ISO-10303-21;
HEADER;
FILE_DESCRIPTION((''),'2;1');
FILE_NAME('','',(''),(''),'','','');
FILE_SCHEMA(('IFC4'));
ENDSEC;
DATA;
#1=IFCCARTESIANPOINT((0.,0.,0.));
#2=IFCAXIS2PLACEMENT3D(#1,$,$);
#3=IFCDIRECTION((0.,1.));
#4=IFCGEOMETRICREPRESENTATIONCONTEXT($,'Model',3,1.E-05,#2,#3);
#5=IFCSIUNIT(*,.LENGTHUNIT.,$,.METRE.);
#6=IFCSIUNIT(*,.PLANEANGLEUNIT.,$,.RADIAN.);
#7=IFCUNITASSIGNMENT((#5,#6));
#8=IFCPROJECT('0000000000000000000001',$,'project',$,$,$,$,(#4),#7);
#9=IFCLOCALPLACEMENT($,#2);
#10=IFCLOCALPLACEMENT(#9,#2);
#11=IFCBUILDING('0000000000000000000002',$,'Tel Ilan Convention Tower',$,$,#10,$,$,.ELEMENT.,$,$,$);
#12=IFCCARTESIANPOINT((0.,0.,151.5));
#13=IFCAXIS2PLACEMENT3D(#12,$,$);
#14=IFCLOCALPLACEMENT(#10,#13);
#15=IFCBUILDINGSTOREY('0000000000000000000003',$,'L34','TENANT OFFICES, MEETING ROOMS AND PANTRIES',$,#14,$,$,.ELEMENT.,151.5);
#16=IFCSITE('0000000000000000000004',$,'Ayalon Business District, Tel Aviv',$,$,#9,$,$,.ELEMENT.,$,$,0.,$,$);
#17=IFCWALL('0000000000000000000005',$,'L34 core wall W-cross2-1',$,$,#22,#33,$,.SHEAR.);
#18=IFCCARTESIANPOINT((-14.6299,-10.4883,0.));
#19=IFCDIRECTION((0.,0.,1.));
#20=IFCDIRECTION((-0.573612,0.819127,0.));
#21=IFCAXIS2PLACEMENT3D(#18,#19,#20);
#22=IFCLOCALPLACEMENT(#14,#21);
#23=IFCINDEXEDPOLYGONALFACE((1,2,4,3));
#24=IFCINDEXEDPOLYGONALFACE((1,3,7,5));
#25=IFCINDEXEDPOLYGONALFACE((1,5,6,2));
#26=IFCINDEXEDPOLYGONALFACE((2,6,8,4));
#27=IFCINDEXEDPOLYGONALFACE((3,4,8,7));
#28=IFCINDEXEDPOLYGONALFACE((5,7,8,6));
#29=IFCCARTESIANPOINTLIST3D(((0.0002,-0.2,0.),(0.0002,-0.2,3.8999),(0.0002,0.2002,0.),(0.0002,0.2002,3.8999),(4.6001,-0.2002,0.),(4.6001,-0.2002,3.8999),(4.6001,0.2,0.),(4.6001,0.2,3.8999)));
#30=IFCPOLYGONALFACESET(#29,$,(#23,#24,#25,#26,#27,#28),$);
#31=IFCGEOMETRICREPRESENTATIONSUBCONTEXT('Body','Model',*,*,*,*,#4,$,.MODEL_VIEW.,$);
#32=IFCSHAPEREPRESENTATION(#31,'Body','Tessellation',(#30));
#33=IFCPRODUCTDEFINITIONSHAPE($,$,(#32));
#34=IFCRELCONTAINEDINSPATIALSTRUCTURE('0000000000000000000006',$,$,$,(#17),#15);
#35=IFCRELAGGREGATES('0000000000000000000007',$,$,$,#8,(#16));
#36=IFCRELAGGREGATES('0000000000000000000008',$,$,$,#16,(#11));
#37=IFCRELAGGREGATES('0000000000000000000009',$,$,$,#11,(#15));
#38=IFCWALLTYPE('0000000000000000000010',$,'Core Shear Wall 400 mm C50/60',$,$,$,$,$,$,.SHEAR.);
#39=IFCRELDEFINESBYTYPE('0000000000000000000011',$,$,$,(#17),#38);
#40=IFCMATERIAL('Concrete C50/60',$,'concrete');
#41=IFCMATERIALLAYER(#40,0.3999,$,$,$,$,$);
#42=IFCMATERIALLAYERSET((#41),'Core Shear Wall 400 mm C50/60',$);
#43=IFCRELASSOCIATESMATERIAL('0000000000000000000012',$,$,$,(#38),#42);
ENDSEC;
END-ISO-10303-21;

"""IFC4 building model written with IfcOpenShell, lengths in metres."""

from ifc_helpers import new_model, si_unit, direction, frame, origin, place, context, subcontext, project, spatial, polyline, outline, extrude, material, layer, layer_set, type_object, element, save


model = new_model("IFC4")

# Units and contexts
model_context = context("Model", 3, precision=1e-05, world=origin(), true_north=direction((0.0, 1.0)))
body_context = subcontext(model_context, "Body", "Model", "MODEL_VIEW")
ifc_project = project(units=[si_unit("LENGTHUNIT", "METRE"), si_unit("PLANEANGLEUNIT", "RADIAN")], contexts=[model_context])

# Site, building, storey
site_placement = place(None, origin())
site = spatial("IfcSite", under=ifc_project, at=site_placement, Name="Ayalon Business District, Tel Aviv", CompositionType="ELEMENT", RefElevation=0.0)
building_placement = place(site_placement, origin())
building = spatial("IfcBuilding", under=site, at=building_placement, Name="Tel Ilan Convention Tower", CompositionType="ELEMENT")
storey_placement = place(building_placement, frame((0.0, 0.0, 151.5)))
storey = spatial("IfcBuildingStorey", under=building, at=storey_placement, Name="L34", Description="TENANT OFFICES, MEETING ROOMS AND PANTRIES", CompositionType="ELEMENT", Elevation=151.5)

# Wall
ifc_material_1 = material(Name="Concrete C50/60", Category="concrete")
ifc_layer_1 = layer(ifc_material_1, 0.3999)
ifc_layer_set_1 = layer_set([ifc_layer_1], Name="Core Shear Wall 400 mm C50/60")
wall_type_1 = type_object("IfcWallType", Name="Core Shear Wall 400 mm C50/60", PredefinedType="SHEAR", material=ifc_layer_set_1)
wall_1_placement = place(storey_placement, frame((-14.6299, -10.4883, 0.0), z_axis=(0.0, 0.0, 1.0), x_axis=(-0.573612, 0.819127, 0.0)))
element("IfcWall", 1, at=wall_1_placement, inside=storey, type_object=wall_type_1, Name="L34 core wall W-cross2-1", PredefinedType="SHEAR", context=body_context, shape_type="SweptSolid", body=[
    extrude(outline(polyline([(4.6001, 0.2), (0.0002, 0.2002), (0.0002, -0.2), (4.6001, -0.2002), (4.6001, 0.2)])), origin(), (0.0, 0.0, 1.0), 3.8999),
])

save(model, "model.ifc")
